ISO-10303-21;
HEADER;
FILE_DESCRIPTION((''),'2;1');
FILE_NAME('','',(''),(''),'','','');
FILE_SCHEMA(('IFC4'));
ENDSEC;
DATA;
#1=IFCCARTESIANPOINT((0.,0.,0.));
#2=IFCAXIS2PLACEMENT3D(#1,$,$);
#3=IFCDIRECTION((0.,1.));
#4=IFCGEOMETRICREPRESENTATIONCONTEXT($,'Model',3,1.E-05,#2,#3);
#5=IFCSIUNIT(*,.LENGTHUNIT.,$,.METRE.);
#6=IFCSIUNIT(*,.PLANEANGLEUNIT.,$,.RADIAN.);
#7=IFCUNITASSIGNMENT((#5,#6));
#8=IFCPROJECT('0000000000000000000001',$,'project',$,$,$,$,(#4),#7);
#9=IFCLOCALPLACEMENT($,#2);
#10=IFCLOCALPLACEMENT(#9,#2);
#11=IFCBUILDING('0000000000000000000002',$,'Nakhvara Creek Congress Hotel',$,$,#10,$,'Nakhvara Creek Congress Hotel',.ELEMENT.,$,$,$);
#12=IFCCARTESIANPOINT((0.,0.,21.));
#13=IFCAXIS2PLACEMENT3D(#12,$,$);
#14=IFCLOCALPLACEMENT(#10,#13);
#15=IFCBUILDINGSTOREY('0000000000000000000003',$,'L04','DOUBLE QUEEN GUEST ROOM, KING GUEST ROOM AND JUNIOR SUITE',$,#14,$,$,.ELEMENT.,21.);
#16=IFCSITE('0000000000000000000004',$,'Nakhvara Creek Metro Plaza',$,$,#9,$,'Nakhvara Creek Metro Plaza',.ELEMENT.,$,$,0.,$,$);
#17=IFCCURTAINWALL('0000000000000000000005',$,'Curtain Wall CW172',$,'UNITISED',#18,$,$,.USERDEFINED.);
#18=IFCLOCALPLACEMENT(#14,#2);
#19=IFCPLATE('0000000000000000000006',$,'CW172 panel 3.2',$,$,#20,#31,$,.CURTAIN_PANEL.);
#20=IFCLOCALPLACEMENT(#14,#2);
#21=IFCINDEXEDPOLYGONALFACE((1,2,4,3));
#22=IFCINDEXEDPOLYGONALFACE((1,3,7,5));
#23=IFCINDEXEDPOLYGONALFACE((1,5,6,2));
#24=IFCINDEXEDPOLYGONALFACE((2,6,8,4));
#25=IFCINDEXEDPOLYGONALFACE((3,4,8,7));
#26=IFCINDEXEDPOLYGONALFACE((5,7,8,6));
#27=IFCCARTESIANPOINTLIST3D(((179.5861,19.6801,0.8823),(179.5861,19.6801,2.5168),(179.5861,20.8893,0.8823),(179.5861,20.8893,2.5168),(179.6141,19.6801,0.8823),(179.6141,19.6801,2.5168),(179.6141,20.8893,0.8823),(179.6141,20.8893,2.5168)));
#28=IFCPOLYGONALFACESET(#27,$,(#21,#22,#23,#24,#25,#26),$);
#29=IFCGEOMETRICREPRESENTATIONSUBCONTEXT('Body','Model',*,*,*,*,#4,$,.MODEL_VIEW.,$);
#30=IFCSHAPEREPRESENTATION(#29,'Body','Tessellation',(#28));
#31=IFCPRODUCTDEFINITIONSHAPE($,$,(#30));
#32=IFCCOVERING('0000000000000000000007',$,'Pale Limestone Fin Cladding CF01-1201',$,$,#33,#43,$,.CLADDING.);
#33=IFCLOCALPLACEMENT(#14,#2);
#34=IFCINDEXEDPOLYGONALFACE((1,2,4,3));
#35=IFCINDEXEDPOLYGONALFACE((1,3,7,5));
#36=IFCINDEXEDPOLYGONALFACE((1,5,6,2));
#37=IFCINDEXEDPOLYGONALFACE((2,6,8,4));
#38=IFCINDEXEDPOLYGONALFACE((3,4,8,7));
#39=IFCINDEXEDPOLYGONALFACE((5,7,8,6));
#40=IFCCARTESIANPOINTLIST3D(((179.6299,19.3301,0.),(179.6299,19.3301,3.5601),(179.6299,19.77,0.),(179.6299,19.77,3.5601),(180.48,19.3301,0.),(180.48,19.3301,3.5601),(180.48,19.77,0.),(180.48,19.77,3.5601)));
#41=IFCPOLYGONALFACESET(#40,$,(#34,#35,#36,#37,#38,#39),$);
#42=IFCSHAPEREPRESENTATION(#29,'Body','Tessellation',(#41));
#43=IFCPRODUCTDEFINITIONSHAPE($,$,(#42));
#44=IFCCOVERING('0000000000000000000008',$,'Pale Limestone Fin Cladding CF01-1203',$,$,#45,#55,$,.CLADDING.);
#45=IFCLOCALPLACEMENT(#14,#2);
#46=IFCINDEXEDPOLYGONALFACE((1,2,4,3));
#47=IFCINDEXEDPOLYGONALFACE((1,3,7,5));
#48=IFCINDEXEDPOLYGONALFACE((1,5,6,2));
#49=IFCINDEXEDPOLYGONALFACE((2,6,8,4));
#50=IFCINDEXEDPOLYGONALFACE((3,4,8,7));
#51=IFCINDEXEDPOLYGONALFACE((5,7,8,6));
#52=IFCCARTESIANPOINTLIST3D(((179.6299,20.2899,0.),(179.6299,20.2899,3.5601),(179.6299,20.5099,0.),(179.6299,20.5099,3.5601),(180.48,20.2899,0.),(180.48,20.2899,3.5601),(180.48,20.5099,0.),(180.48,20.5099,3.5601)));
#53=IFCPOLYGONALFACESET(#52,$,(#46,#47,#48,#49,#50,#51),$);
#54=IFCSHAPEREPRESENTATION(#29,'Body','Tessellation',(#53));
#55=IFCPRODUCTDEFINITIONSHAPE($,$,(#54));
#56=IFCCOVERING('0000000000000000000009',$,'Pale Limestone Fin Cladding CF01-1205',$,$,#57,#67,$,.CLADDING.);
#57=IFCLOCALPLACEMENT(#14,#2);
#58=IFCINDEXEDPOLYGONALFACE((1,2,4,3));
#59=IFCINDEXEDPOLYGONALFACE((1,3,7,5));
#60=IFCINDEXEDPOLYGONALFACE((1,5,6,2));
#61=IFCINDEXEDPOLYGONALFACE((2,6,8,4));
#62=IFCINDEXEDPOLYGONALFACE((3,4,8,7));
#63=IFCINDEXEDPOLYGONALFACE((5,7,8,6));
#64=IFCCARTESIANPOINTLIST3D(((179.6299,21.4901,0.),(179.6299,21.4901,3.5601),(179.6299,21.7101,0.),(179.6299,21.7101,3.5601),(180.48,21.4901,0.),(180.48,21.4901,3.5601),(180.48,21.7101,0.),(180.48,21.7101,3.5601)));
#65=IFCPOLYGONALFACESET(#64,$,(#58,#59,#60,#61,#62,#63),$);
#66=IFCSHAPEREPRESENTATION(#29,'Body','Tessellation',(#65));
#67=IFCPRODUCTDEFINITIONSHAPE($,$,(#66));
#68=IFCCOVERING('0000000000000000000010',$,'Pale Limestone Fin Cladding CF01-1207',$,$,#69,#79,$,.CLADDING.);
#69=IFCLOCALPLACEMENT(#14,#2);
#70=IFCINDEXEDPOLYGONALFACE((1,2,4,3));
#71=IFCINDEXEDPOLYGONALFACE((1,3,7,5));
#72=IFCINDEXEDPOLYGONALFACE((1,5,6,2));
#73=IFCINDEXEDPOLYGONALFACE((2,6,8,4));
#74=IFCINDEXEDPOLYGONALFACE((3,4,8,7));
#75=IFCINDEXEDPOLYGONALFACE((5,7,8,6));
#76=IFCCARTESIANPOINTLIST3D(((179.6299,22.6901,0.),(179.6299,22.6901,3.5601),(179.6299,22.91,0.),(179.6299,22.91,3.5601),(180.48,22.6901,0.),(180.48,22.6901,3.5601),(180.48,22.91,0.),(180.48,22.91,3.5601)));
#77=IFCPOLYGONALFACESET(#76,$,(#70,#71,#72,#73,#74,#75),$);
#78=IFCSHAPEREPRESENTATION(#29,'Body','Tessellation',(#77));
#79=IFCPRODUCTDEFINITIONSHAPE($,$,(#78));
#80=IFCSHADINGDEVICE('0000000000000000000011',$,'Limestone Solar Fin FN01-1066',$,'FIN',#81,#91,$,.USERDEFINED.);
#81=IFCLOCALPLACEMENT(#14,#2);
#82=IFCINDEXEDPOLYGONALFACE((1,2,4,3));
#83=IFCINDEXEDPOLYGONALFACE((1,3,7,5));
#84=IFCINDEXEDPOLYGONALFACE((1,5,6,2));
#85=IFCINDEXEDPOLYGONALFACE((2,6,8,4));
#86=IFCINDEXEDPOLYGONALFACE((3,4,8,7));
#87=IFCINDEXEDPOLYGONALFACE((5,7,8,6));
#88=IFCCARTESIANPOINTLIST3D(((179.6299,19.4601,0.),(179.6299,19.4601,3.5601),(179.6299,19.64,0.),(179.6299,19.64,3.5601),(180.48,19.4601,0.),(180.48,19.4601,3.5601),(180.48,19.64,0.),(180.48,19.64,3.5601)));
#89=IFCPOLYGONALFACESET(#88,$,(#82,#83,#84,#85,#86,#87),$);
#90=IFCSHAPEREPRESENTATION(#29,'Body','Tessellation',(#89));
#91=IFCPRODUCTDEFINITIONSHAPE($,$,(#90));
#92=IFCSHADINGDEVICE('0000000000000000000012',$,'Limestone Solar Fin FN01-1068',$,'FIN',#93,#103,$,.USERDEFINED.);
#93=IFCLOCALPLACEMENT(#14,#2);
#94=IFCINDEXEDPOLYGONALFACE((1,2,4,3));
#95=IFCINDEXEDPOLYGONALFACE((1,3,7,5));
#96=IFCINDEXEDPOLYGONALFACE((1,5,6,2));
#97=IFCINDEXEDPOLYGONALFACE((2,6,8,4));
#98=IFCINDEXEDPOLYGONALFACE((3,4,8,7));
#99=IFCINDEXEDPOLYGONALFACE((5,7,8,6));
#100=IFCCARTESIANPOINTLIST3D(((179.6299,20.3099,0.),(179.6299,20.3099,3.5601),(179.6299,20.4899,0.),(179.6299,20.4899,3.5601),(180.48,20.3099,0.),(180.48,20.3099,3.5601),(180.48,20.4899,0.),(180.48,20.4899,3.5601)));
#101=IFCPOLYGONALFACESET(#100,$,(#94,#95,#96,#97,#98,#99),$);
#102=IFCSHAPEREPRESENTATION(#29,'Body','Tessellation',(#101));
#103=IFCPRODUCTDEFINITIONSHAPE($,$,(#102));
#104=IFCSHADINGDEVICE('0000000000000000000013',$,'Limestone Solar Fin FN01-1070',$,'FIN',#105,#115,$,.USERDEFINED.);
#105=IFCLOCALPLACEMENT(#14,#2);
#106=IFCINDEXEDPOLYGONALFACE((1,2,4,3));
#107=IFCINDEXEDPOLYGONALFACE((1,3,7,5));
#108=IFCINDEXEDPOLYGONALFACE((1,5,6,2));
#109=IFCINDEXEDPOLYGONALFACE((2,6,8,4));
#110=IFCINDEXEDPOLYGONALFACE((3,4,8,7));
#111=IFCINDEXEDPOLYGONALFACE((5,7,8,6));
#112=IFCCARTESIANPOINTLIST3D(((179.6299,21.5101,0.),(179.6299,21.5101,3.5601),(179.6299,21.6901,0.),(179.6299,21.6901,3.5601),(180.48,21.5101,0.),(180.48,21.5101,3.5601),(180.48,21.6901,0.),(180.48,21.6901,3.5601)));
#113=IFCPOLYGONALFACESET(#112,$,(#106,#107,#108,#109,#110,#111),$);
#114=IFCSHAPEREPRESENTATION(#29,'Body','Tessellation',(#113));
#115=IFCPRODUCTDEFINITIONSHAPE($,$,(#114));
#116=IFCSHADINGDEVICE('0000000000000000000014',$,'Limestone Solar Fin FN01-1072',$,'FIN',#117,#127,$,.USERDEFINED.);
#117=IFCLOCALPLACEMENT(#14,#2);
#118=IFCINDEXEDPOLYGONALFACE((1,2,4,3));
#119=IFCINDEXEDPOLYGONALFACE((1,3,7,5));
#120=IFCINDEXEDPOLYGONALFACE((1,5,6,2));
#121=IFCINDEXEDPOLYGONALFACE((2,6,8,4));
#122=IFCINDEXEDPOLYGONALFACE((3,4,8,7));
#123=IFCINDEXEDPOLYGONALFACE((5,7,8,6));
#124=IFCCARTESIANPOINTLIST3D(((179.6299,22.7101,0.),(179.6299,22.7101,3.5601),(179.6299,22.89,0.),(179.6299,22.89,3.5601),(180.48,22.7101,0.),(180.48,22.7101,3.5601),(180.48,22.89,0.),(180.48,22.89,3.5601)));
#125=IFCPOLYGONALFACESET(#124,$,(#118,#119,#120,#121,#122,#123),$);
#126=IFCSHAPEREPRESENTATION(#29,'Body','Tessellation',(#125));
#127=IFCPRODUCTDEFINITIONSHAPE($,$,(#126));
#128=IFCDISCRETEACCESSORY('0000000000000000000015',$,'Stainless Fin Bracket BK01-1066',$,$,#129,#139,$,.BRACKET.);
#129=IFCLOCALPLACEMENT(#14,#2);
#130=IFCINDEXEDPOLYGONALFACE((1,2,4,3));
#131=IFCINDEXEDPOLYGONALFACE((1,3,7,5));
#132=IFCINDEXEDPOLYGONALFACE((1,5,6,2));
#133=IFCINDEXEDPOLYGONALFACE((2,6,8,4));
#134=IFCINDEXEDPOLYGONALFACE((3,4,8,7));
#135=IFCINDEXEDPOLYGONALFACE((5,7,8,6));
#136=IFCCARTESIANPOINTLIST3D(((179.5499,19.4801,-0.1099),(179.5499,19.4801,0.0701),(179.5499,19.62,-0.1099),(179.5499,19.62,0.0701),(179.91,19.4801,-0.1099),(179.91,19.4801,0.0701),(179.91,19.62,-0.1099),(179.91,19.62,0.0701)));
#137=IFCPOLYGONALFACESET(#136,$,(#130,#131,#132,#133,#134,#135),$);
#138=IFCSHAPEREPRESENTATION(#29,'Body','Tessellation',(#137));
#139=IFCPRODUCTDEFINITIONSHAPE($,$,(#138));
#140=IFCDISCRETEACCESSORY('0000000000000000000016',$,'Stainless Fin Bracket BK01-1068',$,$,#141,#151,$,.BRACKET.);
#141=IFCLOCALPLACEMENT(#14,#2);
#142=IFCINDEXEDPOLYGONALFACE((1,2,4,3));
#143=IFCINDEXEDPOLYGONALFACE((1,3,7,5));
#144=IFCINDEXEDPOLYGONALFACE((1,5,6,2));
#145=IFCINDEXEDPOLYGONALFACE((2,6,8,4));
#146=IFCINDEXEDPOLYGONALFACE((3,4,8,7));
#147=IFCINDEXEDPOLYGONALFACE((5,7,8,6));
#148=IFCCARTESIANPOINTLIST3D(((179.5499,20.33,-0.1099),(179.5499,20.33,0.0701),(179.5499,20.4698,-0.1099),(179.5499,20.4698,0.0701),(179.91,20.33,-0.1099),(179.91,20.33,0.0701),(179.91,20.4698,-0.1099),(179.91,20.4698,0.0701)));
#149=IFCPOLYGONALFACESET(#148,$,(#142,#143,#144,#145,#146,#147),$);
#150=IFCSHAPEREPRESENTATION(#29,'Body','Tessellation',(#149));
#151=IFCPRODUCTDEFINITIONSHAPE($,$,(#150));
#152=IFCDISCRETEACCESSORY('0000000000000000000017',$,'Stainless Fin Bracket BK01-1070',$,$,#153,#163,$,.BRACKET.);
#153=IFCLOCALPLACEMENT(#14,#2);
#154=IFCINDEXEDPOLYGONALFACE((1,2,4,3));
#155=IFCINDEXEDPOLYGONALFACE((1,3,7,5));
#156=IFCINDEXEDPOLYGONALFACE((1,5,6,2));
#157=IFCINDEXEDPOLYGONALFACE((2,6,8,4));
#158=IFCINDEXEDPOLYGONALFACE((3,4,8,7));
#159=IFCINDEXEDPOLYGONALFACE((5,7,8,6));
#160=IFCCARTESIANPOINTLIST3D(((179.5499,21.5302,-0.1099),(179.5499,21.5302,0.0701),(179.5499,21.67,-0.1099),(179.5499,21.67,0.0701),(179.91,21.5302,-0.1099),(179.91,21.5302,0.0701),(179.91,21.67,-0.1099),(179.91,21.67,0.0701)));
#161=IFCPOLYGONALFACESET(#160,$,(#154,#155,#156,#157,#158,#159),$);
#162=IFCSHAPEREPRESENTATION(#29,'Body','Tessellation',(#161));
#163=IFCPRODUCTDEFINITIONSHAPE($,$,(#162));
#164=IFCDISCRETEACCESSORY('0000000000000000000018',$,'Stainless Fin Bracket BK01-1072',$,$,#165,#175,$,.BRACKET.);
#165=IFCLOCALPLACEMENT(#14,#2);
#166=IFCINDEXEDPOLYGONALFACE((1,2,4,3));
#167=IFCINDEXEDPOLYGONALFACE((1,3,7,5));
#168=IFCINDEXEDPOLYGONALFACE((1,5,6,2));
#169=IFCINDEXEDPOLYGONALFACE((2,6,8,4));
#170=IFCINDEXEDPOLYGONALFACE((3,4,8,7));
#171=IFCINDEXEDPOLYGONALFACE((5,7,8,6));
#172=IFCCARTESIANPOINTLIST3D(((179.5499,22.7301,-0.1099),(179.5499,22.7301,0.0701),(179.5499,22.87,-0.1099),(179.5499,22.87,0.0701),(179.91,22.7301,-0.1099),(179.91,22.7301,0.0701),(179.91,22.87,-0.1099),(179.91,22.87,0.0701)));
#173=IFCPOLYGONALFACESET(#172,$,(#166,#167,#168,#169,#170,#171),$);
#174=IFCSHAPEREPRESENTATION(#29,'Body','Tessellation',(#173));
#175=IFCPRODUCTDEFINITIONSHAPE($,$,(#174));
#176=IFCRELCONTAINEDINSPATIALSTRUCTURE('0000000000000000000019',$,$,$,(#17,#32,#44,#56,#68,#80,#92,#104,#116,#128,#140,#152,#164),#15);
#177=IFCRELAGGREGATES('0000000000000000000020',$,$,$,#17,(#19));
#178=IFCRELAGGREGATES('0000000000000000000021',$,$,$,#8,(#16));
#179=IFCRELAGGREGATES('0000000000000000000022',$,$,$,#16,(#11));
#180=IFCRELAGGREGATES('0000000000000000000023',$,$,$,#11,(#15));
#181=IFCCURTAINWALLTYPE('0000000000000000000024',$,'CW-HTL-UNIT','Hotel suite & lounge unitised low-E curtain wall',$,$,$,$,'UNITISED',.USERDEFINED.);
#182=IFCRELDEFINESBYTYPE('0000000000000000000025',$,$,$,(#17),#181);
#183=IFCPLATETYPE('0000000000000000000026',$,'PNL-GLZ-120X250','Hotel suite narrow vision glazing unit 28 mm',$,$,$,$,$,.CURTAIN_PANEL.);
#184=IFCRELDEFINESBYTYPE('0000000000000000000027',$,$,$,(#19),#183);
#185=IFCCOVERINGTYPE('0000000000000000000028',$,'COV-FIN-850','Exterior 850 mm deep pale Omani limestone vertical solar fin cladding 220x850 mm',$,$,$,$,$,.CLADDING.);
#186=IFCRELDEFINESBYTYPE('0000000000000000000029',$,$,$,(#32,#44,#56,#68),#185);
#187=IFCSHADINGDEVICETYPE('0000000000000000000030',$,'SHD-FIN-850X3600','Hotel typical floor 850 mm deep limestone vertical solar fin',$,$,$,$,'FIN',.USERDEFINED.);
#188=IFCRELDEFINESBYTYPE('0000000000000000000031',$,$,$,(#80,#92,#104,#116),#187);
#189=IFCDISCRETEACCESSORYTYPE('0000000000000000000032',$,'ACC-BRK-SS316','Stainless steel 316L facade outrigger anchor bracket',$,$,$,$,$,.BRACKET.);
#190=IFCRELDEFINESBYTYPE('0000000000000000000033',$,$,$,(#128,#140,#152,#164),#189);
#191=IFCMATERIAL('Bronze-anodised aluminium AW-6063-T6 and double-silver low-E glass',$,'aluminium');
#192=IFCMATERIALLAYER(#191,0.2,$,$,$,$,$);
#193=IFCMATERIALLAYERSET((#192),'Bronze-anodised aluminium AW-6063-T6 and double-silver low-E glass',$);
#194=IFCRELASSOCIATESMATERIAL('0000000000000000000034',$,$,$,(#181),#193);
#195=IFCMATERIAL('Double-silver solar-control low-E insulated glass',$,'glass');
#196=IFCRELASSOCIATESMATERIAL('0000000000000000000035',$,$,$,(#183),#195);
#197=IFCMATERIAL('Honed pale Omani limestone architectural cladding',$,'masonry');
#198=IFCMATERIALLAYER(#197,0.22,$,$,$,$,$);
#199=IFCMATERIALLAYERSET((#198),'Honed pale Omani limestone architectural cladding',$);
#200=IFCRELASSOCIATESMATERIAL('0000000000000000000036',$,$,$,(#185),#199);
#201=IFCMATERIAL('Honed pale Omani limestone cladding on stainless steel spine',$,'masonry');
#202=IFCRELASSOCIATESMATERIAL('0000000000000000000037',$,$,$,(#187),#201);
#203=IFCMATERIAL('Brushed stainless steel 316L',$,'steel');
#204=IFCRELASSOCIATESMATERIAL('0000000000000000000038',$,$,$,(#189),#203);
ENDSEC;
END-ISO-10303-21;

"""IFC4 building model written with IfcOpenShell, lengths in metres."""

from ifc_helpers import new_model, si_unit, direction, frame, origin, origin_2d, place, context, subcontext, project, spatial, rectangle, extrude, material, layer, layer_set, type_object, element, aggregate, save


model = new_model("IFC4")

# Units and contexts
model_context = context("Model", 3, precision=1e-05, world=origin(), true_north=direction((0.0, 1.0)))
body_context = subcontext(model_context, "Body", "Model", "MODEL_VIEW")
ifc_project = project(units=[si_unit("LENGTHUNIT", "METRE"), si_unit("PLANEANGLEUNIT", "RADIAN")], contexts=[model_context])

# Site, building, storey
site_placement = place(None, origin())
site = spatial("IfcSite", under=ifc_project, at=site_placement, Name="Nakhvara Creek Metro Plaza", LongName="Nakhvara Creek Metro Plaza", CompositionType="ELEMENT", RefElevation=0.0)
building_placement = place(site_placement, origin())
building = spatial("IfcBuilding", under=site, at=building_placement, Name="Nakhvara Creek Congress Hotel", LongName="Nakhvara Creek Congress Hotel", CompositionType="ELEMENT")
storey_placement = place(building_placement, frame((0.0, 0.0, 21.0)))
storey = spatial("IfcBuildingStorey", under=building, at=storey_placement, Name="L04", Description="DOUBLE QUEEN GUEST ROOM, KING GUEST ROOM AND JUNIOR SUITE", CompositionType="ELEMENT", Elevation=21.0)

# Curtain wall, plate
ifc_material_1 = material(Name="Bronze-anodised aluminium AW-6063-T6 and double-silver low-E glass", Category="aluminium")
ifc_layer_1 = layer(ifc_material_1, 0.2)
ifc_layer_set_1 = layer_set([ifc_layer_1], Name="Bronze-anodised aluminium AW-6063-T6 and double-silver low-E glass")
curtain_wall_type = type_object("IfcCurtainWallType", Name="CW-HTL-UNIT", Description="Hotel suite & lounge unitised low-E curtain wall", ElementType="UNITISED", PredefinedType="USERDEFINED", material=ifc_layer_set_1)
curtain_wall_placement = place(storey_placement, origin())
curtain_wall = element("IfcCurtainWall", 1, at=curtain_wall_placement, inside=storey, type_object=curtain_wall_type, Name="Curtain Wall CW172", ObjectType="UNITISED", PredefinedType="USERDEFINED")
ifc_material_2 = material(Name="Double-silver solar-control low-E insulated glass", Category="glass")
plate_type = type_object("IfcPlateType", Name="PNL-GLZ-120X250", Description="Hotel suite narrow vision glazing unit 28 mm", PredefinedType="CURTAIN_PANEL", material=ifc_material_2)
plate_1_placement = place(storey_placement, frame((179.6001, 20.2847, 0.8823), z_axis=(0.0, 0.0, 1.0), x_axis=(0.0, -1.0, 0.0)))
plate_1 = element("IfcPlate", 2, at=plate_1_placement, type_object=plate_type, Name="CW172 panel 3.2", PredefinedType="CURTAIN_PANEL", context=body_context, shape_type="SweptSolid", body=[
    extrude(rectangle(XDim=1.2092, YDim=0.0281, at=origin_2d()), origin(), (0.0, 0.0, 1.0), 1.6345),
])
aggregate(curtain_wall, [plate_1])

# Coverings
ifc_material_3 = material(Name="Honed pale Omani limestone architectural cladding", Category="masonry")
ifc_layer_2 = layer(ifc_material_3, 0.22)
ifc_layer_set_2 = layer_set([ifc_layer_2], Name="Honed pale Omani limestone architectural cladding")
covering_type = type_object("IfcCoveringType", Name="COV-FIN-850", Description="Exterior 850 mm deep pale Omani limestone vertical solar fin cladding 220x850 mm", PredefinedType="CLADDING", material=ifc_layer_set_2)
covering_placement = place(storey_placement, frame((180.0549, 19.55, 0.0), z_axis=(0.0, 0.0, 1.0), x_axis=(0.0, 1.0, 0.0)))
element("IfcCovering", 3, at=covering_placement, inside=storey, type_object=covering_type, Name="Pale Limestone Fin Cladding CF01-1201", PredefinedType="CLADDING", context=body_context, shape_type="SweptSolid", body=[
    extrude(rectangle(XDim=0.4399, YDim=0.8501, at=origin_2d()), origin(), (0.0, 0.0, 1.0), 3.5601),
])
for number, where, z_axis, x_axis, name in (
    (4, (180.0549, 20.3999, 0.0), (0.0, 0.0, 1.0), (0.0, 1.0, 0.0), "Pale Limestone Fin Cladding CF01-1203"),
    (5, (180.0549, 21.6001, 0.0), (0.0, 0.0, 1.0), (0.0, 1.0, 0.0), "Pale Limestone Fin Cladding CF01-1205"),
    (6, (180.0549, 22.8, 0.0), (0.0, 0.0, 1.0), (0.0, 1.0, 0.0), "Pale Limestone Fin Cladding CF01-1207"),
):
    element("IfcCovering", number, at=place(storey_placement, frame(where, z_axis=z_axis, x_axis=x_axis)), inside=storey, type_object=covering_type, Name=name, PredefinedType="CLADDING", context=body_context, shape_type="SweptSolid", body=[
        extrude(rectangle(XDim=0.22, YDim=0.8501, at=origin_2d()), origin(), (0.0, 0.0, 1.0), 3.5601),
    ])

# Shared definitions
ifc_material_4 = material(Name="Brushed stainless steel 316L", Category="steel")

# Shading devices
ifc_material_5 = material(Name="Honed pale Omani limestone cladding on stainless steel spine", Category="masonry")
shading_device_type = type_object("IfcShadingDeviceType", Name="SHD-FIN-850X3600", Description="Hotel typical floor 850 mm deep limestone vertical solar fin", ElementType="FIN", PredefinedType="USERDEFINED", material=ifc_material_5)
for number, where, z_axis, x_axis, name in (
    (7, (180.0549, 19.55, 0.0), (0.0, 0.0, 1.0), (0.0, 1.0, 0.0), "Limestone Solar Fin FN01-1066"),
    (8, (180.0549, 20.3999, 0.0), (0.0, 0.0, 1.0), (0.0, 1.0, 0.0), "Limestone Solar Fin FN01-1068"),
    (9, (180.0549, 21.6001, 0.0), (0.0, 0.0, 1.0), (0.0, 1.0, 0.0), "Limestone Solar Fin FN01-1070"),
    (10, (180.0549, 22.8, 0.0), (0.0, 0.0, 1.0), (0.0, 1.0, 0.0), "Limestone Solar Fin FN01-1072"),
):
    element("IfcShadingDevice", number, at=place(storey_placement, frame(where, z_axis=z_axis, x_axis=x_axis)), inside=storey, type_object=shading_device_type, Name=name, ObjectType="FIN", PredefinedType="USERDEFINED", context=body_context, shape_type="SweptSolid", body=[
        extrude(rectangle(XDim=0.1799, YDim=0.8501, at=origin_2d()), origin(), (0.0, 0.0, 1.0), 3.5601),
    ])

# Discrete accessories
discrete_accessory_type = type_object("IfcDiscreteAccessoryType", Name="ACC-BRK-SS316", Description="Stainless steel 316L facade outrigger anchor bracket", PredefinedType="BRACKET", material=ifc_material_4)
for number, where, z_axis, x_axis, name in (
    (11, (179.73, 19.55, -0.1099), (0.0, 0.0, 1.0), (0.0, 1.0, 0.0), "Stainless Fin Bracket BK01-1066"),
    (12, (179.73, 20.3999, -0.1099), (0.0, 0.0, 1.0), (0.0, 1.0, 0.0), "Stainless Fin Bracket BK01-1068"),
    (13, (179.73, 21.6001, -0.1099), (0.0, 0.0, 1.0), (0.0, 1.0, 0.0), "Stainless Fin Bracket BK01-1070"),
    (14, (179.73, 22.8, -0.1099), (0.0, 0.0, 1.0), (0.0, 1.0, 0.0), "Stainless Fin Bracket BK01-1072"),
):
    element("IfcDiscreteAccessory", number, at=place(storey_placement, frame(where, z_axis=z_axis, x_axis=x_axis)), inside=storey, type_object=discrete_accessory_type, Name=name, PredefinedType="BRACKET", context=body_context, shape_type="SweptSolid", body=[
        extrude(rectangle(XDim=0.1399, YDim=0.3601, at=origin_2d()), origin(), (0.0, 0.0, 1.0), 0.1799),
    ])

save(model, "model.ifc")
